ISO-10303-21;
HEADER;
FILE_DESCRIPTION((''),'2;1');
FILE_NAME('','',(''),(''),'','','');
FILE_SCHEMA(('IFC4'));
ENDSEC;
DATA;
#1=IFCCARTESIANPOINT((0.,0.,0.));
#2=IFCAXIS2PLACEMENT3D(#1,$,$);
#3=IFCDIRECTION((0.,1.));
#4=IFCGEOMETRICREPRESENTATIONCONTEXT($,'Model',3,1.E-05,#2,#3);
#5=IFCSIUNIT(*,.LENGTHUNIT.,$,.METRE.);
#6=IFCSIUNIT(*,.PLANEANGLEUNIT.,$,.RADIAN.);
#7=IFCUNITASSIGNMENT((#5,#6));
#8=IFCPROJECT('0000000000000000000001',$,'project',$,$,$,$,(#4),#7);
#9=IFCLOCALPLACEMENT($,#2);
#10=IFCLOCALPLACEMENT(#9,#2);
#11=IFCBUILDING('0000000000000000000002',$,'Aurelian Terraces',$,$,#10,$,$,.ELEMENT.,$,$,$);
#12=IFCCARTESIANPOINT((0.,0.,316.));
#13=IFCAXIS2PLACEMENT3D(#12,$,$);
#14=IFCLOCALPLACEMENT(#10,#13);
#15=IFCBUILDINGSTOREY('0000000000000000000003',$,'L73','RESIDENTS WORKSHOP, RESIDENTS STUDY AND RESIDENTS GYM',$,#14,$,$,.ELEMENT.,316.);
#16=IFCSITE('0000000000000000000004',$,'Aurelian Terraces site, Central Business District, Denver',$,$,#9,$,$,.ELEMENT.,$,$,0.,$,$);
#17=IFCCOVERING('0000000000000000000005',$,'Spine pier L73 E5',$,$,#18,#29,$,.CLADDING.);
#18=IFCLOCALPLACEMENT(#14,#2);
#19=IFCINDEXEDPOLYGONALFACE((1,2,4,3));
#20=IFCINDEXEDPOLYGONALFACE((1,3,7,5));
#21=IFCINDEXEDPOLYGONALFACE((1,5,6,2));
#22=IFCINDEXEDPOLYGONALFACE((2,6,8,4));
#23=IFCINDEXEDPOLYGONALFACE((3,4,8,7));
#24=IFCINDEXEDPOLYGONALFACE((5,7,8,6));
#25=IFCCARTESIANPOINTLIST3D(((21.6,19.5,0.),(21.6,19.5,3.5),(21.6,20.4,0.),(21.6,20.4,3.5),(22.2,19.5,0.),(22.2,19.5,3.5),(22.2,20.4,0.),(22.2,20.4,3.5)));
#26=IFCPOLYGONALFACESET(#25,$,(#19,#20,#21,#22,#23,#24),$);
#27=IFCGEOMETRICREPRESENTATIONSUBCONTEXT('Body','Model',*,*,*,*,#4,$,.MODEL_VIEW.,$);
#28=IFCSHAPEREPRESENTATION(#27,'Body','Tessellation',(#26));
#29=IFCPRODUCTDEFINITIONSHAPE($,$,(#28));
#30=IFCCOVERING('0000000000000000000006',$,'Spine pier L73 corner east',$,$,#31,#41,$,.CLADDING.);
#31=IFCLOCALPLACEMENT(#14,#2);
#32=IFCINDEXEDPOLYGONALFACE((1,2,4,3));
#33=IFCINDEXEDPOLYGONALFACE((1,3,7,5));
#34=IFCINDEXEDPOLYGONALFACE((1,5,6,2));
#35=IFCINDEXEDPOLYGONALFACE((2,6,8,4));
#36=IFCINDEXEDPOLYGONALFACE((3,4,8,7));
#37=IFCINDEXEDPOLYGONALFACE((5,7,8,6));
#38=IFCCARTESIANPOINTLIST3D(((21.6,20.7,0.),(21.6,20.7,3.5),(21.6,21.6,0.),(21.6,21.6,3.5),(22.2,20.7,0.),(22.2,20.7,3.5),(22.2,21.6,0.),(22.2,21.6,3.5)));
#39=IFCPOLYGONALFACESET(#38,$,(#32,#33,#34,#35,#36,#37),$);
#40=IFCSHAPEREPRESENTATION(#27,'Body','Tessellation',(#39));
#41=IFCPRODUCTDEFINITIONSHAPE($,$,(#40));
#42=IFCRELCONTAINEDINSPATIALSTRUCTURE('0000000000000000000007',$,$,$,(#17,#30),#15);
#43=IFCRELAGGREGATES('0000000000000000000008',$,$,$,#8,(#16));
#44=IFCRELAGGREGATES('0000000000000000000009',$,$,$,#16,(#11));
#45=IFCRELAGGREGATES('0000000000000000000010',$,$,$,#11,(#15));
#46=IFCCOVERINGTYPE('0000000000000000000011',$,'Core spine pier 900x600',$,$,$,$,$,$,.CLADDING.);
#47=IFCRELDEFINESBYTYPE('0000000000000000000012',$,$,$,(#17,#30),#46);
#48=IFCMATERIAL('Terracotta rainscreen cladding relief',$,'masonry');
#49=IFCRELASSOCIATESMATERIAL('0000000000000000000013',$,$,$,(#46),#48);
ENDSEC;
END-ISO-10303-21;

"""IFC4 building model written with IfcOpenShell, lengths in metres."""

from ifc_helpers import new_model, si_unit, direction, frame, origin, origin_2d, place, context, subcontext, project, spatial, rectangle, extrude, source, transform, mapped, material, type_object, element, save


model = new_model("IFC4")

# Units and contexts
model_context = context("Model", 3, precision=1e-05, world=origin(), true_north=direction((0.0, 1.0)))
body_context = subcontext(model_context, "Body", "Model", "MODEL_VIEW")
ifc_project = project(units=[si_unit("LENGTHUNIT", "METRE"), si_unit("PLANEANGLEUNIT", "RADIAN")], contexts=[model_context])

# Site, building, storey
site_placement = place(None, origin())
site = spatial("IfcSite", under=ifc_project, at=site_placement, Name="Aurelian Terraces site, Central Business District, Denver", CompositionType="ELEMENT", RefElevation=0.0)
building_placement = place(site_placement, origin())
building = spatial("IfcBuilding", under=site, at=building_placement, Name="Aurelian Terraces", CompositionType="ELEMENT")
storey_placement = place(building_placement, frame((0.0, 0.0, 316.0)))
storey = spatial("IfcBuildingStorey", under=building, at=storey_placement, Name="L73", Description="RESIDENTS WORKSHOP, RESIDENTS STUDY AND RESIDENTS GYM", CompositionType="ELEMENT", Elevation=316.0)

# Coverings
ifc_material_1 = material(Name="Terracotta rainscreen cladding relief", Category="masonry")
covering_type_1 = type_object("IfcCoveringType", Name="Core spine pier 900x600", PredefinedType="CLADDING", material=ifc_material_1)
shared_shape_1 = source(origin(), body_context, "Body", "SweptSolid", [
    extrude(rectangle(XDim=0.6, YDim=0.9, at=origin_2d()), origin(), (0.0, 0.0, 1.0), 3.5),
])
for number, where, z_axis, x_axis, name in (
    (1, (21.9, 19.95, 0.0), (0.0, 0.0, 1.0), (1.0, 0.0, 0.0), "Spine pier L73 E5"),
    (2, (21.9, 21.15, 0.0), (0.0, 0.0, 1.0), (1.0, 0.0, 0.0), "Spine pier L73 corner east"),
):
    element("IfcCovering", number, at=place(storey_placement, frame(where, z_axis=z_axis, x_axis=x_axis)), inside=storey, type_object=covering_type_1, Name=name, PredefinedType="CLADDING", context=body_context, shape_type="MappedRepresentation", body=[
        mapped(shared_shape_1, transform((0.0, 0.0, 0.0), scale=1.0)),
    ])

save(model, "model.ifc")
